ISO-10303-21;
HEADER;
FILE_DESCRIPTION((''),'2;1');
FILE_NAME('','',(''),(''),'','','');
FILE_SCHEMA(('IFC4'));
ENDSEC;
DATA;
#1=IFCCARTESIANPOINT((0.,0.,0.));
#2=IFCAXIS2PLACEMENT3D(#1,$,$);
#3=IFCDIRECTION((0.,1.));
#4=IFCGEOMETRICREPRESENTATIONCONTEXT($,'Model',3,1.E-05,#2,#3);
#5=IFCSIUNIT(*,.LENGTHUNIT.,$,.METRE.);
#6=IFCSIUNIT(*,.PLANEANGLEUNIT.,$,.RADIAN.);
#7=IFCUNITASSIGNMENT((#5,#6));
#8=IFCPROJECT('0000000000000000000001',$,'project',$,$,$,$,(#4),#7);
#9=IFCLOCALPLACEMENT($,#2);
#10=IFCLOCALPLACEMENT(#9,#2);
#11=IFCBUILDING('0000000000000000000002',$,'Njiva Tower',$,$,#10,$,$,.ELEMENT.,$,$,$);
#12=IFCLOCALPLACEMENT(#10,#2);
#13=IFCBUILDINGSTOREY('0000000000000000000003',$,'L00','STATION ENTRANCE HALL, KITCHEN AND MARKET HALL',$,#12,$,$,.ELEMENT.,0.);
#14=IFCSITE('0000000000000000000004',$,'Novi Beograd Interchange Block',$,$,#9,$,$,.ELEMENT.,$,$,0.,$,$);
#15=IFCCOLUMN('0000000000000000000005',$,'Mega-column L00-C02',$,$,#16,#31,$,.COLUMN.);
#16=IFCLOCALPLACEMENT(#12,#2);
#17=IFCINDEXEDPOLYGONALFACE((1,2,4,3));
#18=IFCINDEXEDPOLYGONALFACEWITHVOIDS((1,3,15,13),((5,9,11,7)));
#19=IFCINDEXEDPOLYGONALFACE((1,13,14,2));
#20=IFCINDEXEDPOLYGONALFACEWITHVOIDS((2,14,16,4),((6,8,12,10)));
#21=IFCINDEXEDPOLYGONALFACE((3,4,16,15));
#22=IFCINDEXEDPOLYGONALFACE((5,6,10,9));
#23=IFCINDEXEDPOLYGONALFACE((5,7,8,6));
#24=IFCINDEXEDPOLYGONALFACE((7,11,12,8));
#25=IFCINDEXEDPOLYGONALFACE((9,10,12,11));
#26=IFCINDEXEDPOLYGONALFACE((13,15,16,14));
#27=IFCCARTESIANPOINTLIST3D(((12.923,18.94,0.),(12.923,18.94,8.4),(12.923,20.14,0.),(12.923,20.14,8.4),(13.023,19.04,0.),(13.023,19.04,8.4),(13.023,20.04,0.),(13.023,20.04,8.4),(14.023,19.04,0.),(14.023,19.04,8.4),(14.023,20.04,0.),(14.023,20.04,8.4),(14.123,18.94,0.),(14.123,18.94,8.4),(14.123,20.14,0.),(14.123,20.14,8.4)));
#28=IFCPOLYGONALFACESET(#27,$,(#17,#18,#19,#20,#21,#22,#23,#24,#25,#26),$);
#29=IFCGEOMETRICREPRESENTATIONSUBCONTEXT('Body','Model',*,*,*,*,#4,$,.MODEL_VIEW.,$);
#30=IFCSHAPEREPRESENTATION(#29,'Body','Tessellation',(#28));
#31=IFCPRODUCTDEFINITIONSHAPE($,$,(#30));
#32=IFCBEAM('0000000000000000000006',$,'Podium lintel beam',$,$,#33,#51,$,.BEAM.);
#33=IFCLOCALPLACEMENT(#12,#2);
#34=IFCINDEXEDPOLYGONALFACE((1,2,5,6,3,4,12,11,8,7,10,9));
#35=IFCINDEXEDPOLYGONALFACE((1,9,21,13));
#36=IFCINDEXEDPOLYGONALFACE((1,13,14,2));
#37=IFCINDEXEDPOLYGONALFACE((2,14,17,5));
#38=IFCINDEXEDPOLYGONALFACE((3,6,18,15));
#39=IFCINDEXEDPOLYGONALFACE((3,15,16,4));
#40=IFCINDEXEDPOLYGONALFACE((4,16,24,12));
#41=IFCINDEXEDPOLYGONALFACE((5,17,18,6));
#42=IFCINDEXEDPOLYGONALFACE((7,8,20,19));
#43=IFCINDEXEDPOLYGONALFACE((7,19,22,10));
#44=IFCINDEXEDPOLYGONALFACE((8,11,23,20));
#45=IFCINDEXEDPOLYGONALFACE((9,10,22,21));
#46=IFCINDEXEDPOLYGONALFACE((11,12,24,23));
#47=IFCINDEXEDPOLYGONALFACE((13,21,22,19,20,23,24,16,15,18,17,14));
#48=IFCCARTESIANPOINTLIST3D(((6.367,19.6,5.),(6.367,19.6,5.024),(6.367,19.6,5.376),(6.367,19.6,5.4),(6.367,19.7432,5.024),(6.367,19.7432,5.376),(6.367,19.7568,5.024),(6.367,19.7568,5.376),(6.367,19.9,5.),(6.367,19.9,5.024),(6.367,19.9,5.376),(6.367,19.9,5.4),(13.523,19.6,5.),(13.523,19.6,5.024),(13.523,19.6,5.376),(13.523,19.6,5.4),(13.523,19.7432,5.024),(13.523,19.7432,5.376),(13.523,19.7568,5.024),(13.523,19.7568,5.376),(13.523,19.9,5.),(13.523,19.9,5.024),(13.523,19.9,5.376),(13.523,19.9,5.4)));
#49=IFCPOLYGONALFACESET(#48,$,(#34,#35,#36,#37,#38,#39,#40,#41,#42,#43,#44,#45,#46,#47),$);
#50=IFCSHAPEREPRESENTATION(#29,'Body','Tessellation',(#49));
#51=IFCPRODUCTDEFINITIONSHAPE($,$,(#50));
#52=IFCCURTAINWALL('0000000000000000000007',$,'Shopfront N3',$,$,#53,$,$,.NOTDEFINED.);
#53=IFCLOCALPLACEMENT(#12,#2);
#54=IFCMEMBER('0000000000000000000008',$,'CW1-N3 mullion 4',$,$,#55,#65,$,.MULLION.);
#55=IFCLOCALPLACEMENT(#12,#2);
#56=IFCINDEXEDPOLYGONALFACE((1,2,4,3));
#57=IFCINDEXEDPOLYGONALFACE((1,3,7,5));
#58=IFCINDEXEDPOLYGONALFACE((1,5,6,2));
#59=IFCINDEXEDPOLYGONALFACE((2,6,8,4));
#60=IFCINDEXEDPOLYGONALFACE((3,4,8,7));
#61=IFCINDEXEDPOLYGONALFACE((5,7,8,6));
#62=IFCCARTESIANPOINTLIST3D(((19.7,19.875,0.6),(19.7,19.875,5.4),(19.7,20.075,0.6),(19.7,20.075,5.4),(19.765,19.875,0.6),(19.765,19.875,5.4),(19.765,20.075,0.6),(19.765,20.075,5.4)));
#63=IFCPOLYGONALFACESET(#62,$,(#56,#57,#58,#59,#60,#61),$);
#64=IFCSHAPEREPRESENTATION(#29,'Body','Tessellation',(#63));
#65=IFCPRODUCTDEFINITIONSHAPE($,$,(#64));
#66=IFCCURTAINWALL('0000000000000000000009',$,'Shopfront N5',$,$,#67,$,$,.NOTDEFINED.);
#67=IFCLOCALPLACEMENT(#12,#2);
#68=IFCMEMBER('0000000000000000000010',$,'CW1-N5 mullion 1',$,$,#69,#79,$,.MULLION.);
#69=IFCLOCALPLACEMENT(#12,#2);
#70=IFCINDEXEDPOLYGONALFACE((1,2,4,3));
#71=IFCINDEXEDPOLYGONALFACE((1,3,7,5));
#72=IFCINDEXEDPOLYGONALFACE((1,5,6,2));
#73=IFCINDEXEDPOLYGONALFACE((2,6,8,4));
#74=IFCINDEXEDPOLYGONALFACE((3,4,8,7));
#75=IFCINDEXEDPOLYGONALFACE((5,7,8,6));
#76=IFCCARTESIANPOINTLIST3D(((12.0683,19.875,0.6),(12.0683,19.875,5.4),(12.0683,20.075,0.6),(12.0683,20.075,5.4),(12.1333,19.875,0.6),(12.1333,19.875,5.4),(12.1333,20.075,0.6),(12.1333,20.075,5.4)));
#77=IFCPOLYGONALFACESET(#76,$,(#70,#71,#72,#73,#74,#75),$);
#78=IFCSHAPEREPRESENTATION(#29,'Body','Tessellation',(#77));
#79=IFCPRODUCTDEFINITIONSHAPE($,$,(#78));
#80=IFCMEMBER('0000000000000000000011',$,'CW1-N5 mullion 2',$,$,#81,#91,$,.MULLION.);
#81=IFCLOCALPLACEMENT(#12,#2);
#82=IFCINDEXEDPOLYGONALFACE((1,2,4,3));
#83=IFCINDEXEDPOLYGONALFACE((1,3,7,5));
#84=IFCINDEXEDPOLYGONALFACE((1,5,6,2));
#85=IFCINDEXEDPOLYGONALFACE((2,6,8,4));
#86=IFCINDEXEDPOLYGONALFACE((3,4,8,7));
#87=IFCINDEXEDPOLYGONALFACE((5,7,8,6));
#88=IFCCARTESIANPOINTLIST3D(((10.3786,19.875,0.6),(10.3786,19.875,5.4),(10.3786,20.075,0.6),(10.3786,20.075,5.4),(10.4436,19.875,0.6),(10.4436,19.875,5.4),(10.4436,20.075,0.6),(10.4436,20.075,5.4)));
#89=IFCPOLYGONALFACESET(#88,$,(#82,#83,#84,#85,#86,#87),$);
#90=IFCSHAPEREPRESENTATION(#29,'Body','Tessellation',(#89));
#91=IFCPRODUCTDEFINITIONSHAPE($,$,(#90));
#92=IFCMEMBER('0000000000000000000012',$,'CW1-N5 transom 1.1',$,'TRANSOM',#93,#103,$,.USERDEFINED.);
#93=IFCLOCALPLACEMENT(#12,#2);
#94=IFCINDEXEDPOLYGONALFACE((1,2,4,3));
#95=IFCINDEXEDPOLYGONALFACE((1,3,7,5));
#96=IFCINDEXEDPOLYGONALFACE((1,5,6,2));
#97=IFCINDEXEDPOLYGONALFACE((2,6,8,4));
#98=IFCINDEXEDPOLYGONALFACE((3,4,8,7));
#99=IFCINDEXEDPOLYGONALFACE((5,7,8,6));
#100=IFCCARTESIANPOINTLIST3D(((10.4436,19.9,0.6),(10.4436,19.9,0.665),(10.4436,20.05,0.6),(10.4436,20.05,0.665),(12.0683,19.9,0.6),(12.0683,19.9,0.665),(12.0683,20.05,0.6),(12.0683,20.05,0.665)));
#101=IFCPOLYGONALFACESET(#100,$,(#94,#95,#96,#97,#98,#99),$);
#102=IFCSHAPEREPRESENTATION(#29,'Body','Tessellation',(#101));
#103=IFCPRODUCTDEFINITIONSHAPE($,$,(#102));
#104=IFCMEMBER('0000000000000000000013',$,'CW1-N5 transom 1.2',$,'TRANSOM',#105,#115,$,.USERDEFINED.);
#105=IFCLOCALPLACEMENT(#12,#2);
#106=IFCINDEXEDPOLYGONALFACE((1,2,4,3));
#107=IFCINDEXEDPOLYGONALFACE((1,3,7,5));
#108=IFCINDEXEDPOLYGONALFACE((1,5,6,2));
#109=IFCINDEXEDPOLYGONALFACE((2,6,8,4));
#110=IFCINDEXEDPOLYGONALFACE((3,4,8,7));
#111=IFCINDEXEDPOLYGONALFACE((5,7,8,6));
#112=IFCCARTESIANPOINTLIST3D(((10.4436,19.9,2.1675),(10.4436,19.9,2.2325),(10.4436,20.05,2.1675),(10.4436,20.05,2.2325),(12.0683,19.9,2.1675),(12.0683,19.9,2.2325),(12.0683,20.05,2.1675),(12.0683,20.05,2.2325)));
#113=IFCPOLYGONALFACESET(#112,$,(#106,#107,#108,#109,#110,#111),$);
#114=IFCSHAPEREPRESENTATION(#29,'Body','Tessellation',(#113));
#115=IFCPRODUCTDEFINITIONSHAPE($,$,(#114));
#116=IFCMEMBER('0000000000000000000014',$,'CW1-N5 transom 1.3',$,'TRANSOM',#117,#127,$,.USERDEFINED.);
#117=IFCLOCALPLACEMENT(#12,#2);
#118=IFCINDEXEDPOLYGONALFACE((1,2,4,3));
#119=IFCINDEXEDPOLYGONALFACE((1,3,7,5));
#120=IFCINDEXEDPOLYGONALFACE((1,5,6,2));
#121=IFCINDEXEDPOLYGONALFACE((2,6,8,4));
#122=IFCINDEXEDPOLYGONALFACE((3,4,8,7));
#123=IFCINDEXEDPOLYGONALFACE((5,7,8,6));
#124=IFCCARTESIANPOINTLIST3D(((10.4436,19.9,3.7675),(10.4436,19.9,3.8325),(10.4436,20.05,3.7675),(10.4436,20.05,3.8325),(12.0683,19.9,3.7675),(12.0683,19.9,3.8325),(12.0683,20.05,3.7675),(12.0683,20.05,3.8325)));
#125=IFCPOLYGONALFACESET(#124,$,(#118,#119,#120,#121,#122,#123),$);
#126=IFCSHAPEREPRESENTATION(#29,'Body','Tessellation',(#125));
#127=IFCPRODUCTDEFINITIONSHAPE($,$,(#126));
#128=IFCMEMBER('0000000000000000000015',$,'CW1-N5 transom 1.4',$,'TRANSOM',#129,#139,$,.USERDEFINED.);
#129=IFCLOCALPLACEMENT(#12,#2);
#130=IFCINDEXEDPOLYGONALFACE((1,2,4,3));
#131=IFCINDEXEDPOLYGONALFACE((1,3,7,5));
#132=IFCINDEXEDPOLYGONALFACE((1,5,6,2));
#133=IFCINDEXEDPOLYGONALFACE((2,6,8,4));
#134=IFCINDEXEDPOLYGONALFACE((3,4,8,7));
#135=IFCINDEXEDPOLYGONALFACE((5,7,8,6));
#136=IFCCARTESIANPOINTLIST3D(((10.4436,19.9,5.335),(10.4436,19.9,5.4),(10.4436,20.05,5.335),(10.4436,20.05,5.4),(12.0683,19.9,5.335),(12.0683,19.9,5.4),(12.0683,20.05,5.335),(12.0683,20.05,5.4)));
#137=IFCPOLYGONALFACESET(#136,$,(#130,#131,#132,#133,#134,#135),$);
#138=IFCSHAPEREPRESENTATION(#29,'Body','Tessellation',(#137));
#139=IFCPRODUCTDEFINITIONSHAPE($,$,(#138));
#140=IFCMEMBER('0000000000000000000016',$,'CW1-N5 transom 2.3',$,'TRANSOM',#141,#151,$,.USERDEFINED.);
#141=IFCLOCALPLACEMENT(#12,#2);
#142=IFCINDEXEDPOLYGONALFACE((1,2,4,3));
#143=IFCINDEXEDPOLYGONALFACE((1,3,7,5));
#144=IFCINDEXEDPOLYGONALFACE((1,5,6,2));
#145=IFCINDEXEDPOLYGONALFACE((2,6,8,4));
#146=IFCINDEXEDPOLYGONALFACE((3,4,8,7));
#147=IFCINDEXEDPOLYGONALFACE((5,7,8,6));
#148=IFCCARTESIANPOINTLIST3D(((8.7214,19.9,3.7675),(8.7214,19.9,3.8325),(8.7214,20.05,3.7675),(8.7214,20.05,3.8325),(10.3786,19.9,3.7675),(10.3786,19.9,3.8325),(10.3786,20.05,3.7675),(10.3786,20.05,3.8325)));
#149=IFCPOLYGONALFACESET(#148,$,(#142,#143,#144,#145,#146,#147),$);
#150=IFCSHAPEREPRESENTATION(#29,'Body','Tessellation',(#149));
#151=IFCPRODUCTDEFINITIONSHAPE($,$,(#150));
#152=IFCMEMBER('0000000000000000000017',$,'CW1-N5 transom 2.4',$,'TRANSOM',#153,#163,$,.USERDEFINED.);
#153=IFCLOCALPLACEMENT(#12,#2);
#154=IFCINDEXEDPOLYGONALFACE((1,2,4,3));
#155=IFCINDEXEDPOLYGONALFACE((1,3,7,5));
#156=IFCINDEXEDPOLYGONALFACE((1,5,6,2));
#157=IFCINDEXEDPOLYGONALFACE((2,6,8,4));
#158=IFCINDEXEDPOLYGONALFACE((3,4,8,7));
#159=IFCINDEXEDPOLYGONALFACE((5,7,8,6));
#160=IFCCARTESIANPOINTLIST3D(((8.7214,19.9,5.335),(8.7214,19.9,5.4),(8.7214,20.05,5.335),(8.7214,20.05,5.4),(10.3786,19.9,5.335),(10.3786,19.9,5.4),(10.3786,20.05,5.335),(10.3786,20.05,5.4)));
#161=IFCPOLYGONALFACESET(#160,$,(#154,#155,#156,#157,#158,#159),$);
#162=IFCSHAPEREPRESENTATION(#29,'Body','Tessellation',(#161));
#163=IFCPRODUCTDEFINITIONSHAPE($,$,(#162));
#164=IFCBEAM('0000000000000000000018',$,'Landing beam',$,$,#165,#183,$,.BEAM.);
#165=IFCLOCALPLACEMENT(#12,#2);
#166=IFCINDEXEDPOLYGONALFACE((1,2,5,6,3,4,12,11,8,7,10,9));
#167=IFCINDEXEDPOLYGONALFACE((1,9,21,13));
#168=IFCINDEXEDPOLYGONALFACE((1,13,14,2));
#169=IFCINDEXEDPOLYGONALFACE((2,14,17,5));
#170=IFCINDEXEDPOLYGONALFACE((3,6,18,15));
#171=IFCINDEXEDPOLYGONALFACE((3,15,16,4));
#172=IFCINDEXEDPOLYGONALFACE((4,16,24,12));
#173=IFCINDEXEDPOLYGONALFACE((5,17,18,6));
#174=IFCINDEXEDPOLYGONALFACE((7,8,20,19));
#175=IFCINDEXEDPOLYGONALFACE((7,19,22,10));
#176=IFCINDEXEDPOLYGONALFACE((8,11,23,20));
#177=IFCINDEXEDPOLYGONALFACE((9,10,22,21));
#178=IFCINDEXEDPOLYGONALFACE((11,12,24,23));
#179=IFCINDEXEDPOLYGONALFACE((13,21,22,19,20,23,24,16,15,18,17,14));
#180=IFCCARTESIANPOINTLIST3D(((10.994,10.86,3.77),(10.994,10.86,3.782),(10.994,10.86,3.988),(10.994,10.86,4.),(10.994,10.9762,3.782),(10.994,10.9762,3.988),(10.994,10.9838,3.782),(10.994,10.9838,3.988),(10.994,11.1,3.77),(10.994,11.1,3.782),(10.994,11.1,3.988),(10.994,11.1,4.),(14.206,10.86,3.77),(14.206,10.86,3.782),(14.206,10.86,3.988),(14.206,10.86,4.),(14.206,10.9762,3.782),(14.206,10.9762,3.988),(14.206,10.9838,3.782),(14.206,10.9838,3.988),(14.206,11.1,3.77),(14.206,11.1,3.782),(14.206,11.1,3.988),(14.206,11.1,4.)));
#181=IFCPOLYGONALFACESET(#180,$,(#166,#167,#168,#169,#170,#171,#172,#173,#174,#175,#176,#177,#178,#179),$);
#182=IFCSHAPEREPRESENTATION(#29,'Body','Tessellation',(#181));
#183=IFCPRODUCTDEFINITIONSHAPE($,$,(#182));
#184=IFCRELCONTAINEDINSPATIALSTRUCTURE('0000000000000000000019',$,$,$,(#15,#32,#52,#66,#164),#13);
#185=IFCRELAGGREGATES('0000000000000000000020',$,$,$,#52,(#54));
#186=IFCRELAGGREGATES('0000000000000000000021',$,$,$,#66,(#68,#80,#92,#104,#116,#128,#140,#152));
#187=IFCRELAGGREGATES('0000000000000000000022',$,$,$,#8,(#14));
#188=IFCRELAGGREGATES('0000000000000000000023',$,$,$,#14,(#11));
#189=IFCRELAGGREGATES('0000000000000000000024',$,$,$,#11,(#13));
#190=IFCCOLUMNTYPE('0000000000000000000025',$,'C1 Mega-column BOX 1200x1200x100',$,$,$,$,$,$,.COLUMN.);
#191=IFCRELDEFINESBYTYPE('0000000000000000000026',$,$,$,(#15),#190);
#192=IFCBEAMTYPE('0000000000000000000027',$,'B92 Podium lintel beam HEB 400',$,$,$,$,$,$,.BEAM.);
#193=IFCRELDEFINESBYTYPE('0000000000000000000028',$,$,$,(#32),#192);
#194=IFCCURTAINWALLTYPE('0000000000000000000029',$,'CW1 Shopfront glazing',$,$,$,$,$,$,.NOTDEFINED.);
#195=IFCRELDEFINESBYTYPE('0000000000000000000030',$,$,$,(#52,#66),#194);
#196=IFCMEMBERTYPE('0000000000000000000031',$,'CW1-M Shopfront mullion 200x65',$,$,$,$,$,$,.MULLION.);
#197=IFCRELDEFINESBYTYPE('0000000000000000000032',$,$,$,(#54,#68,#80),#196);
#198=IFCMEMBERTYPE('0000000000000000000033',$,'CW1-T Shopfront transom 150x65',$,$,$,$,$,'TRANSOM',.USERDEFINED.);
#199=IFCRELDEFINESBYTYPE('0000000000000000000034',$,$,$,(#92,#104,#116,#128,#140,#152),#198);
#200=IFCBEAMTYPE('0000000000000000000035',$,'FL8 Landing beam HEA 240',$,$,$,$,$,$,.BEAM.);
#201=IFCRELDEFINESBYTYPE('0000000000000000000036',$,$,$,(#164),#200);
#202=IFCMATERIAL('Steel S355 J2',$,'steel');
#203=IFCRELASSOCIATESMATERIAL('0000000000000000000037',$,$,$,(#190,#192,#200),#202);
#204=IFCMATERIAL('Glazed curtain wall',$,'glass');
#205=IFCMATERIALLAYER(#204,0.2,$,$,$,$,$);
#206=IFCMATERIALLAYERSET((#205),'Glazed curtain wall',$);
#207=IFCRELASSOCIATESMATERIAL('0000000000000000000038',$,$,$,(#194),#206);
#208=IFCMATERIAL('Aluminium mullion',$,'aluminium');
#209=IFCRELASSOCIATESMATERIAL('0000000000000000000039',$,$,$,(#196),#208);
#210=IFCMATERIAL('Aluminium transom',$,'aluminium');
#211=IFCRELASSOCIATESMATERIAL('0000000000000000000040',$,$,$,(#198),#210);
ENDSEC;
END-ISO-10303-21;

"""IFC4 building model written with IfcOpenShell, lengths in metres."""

from ifc_helpers import new_model, si_unit, direction, frame, origin, origin_2d, place, context, subcontext, project, spatial, rectangle, hollow_rectangle, i_section, extrude, material, layer, layer_set, material_profile, profile_set, type_object, element, aggregate, save


model = new_model("IFC4")

# Units and contexts
model_context = context("Model", 3, precision=1e-05, world=origin(), true_north=direction((0.0, 1.0)))
body_context = subcontext(model_context, "Body", "Model", "MODEL_VIEW")
ifc_project = project(units=[si_unit("LENGTHUNIT", "METRE"), si_unit("PLANEANGLEUNIT", "RADIAN")], contexts=[model_context])

# Site, building, storey
site_placement = place(None, origin())
site = spatial("IfcSite", under=ifc_project, at=site_placement, Name="Novi Beograd Interchange Block", CompositionType="ELEMENT", RefElevation=0.0)
building_placement = place(site_placement, origin())
building = spatial("IfcBuilding", under=site, at=building_placement, Name="Njiva Tower", CompositionType="ELEMENT")
storey_placement = place(building_placement, origin())
storey = spatial("IfcBuildingStorey", under=building, at=storey_placement, Name="L00", Description="STATION ENTRANCE HALL, KITCHEN AND MARKET HALL", CompositionType="ELEMENT", Elevation=0.0)

# Column
ifc_material_1 = material(Name="Steel S355 J2", Category="steel")
ifc_material_profile_1 = material_profile(ifc_material_1, hollow_rectangle(XDim=1.2, YDim=1.2, WallThickness=0.1, at=origin_2d()), Name="BOX 1200x1200x100")
ifc_profile_set_1 = profile_set([ifc_material_profile_1], Name="Steel S355 J2")
column_type = type_object("IfcColumnType", Name="C1 Mega-column BOX 1200x1200x100", PredefinedType="COLUMN", material=ifc_profile_set_1)
column_placement = place(storey_placement, frame((13.523, 19.54, 0.0), z_axis=(0.0, 0.0, 1.0), x_axis=(-1.0, 0.0, 0.0)))
element("IfcColumn", 1, at=column_placement, inside=storey, type_object=column_type, Name="Mega-column L00-C02", PredefinedType="COLUMN", context=body_context, shape_type="SweptSolid", body=[
    extrude(hollow_rectangle(XDim=1.2, YDim=1.2, WallThickness=0.1, at=origin_2d()), origin(), (0.0, 0.0, 1.0), 8.4),
])

# Beam
ifc_material_profile_2 = material_profile(ifc_material_1, i_section(OverallWidth=0.3, OverallDepth=0.4, WebThickness=0.0135, FlangeThickness=0.024, at=origin_2d()), Name="HEB400")
ifc_profile_set_2 = profile_set([ifc_material_profile_2], Name="Steel S355 J2")
beam_type_1 = type_object("IfcBeamType", Name="B92 Podium lintel beam HEB 400", PredefinedType="BEAM", material=ifc_profile_set_2)
beam_1_placement = place(storey_placement, frame((13.523, 19.75, 5.2), z_axis=(-1.0, 0.0, 0.0), x_axis=(0.0, -1.0, 0.0)))
element("IfcBeam", 2, at=beam_1_placement, inside=storey, type_object=beam_type_1, Name="Podium lintel beam", PredefinedType="BEAM", context=body_context, shape_type="SweptSolid", body=[
    extrude(i_section(OverallWidth=0.3, OverallDepth=0.4, WebThickness=0.0135, FlangeThickness=0.024, at=origin_2d()), origin(), (0.0, 0.0, 1.0), 7.156),
])

# Curtain wall, member
ifc_material_2 = material(Name="Glazed curtain wall", Category="glass")
ifc_layer_1 = layer(ifc_material_2, 0.2)
ifc_layer_set_1 = layer_set([ifc_layer_1], Name="Glazed curtain wall")
curtain_wall_type = type_object("IfcCurtainWallType", Name="CW1 Shopfront glazing", PredefinedType="NOTDEFINED", material=ifc_layer_set_1)
curtain_wall_1_placement = place(storey_placement, origin())
curtain_wall_1 = element("IfcCurtainWall", 3, at=curtain_wall_1_placement, inside=storey, type_object=curtain_wall_type, Name="Shopfront N3", PredefinedType="NOTDEFINED")
ifc_material_3 = material(Name="Aluminium mullion", Category="aluminium")
ifc_material_profile_3 = material_profile(ifc_material_3, rectangle(XDim=0.2, YDim=0.065, at=origin_2d()), Name="RECT 200x65")
ifc_profile_set_3 = profile_set([ifc_material_profile_3], Name="Aluminium mullion")
member_type_1 = type_object("IfcMemberType", Name="CW1-M Shopfront mullion 200x65", PredefinedType="MULLION", material=ifc_profile_set_3)
member_1_placement = place(storey_placement, frame((19.7325, 19.975, 0.6), z_axis=(0.0, 0.0, 1.0), x_axis=(0.0, -1.0, 0.0)))
member_1 = element("IfcMember", 4, at=member_1_placement, type_object=member_type_1, Name="CW1-N3 mullion 4", PredefinedType="MULLION", context=body_context, shape_type="SweptSolid", body=[
    extrude(rectangle(XDim=0.2, YDim=0.065, at=origin_2d()), origin(), (0.0, 0.0, 1.0), 4.8),
])

# Curtain wall, members
curtain_wall_2_placement = place(storey_placement, origin())
curtain_wall_2 = element("IfcCurtainWall", 5, at=curtain_wall_2_placement, inside=storey, type_object=curtain_wall_type, Name="Shopfront N5", PredefinedType="NOTDEFINED")
member_2_placement = place(storey_placement, frame((12.1008, 19.975, 0.6), z_axis=(0.0, 0.0, 1.0), x_axis=(0.0, -1.0, 0.0)))
member_2 = element("IfcMember", 6, at=member_2_placement, type_object=member_type_1, Name="CW1-N5 mullion 1", PredefinedType="MULLION", context=body_context, shape_type="SweptSolid", body=[
    extrude(rectangle(XDim=0.2, YDim=0.065, at=origin_2d()), origin(), (0.0, 0.0, 1.0), 4.8),
])
member_3_placement = place(storey_placement, frame((10.4111, 19.975, 0.6), z_axis=(0.0, 0.0, 1.0), x_axis=(0.0, -1.0, 0.0)))
member_3 = element("IfcMember", 7, at=member_3_placement, type_object=member_type_1, Name="CW1-N5 mullion 2", PredefinedType="MULLION", context=body_context, shape_type="SweptSolid", body=[
    extrude(rectangle(XDim=0.2, YDim=0.065, at=origin_2d()), origin(), (0.0, 0.0, 1.0), 4.8),
])
ifc_material_4 = material(Name="Aluminium transom", Category="aluminium")
ifc_material_profile_4 = material_profile(ifc_material_4, rectangle(XDim=0.15, YDim=0.065, at=origin_2d()), Name="RECT 150x65")
ifc_profile_set_4 = profile_set([ifc_material_profile_4], Name="Aluminium transom")
member_type_2 = type_object("IfcMemberType", Name="CW1-T Shopfront transom 150x65", ElementType="TRANSOM", PredefinedType="USERDEFINED", material=ifc_profile_set_4)
member_4_placement = place(storey_placement, frame((12.0683, 19.975, 0.6325), z_axis=(-1.0, 0.0, 0.0), x_axis=(0.0, -1.0, 0.0)))
member_4 = element("IfcMember", 8, at=member_4_placement, type_object=member_type_2, Name="CW1-N5 transom 1.1", ObjectType="TRANSOM", PredefinedType="USERDEFINED", context=body_context, shape_type="SweptSolid", body=[
    extrude(rectangle(XDim=0.15, YDim=0.065, at=origin_2d()), origin(), (0.0, 0.0, 1.0), 1.6247),
])
member_5_placement = place(storey_placement, frame((12.0683, 19.975, 2.2), z_axis=(-1.0, 0.0, 0.0), x_axis=(0.0, -1.0, 0.0)))
member_5 = element("IfcMember", 9, at=member_5_placement, type_object=member_type_2, Name="CW1-N5 transom 1.2", ObjectType="TRANSOM", PredefinedType="USERDEFINED", context=body_context, shape_type="SweptSolid", body=[
    extrude(rectangle(XDim=0.15, YDim=0.065, at=origin_2d()), origin(), (0.0, 0.0, 1.0), 1.6247),
])
member_6_placement = place(storey_placement, frame((12.0683, 19.975, 3.8), z_axis=(-1.0, 0.0, 0.0), x_axis=(0.0, -1.0, 0.0)))
member_6 = element("IfcMember", 10, at=member_6_placement, type_object=member_type_2, Name="CW1-N5 transom 1.3", ObjectType="TRANSOM", PredefinedType="USERDEFINED", context=body_context, shape_type="SweptSolid", body=[
    extrude(rectangle(XDim=0.15, YDim=0.065, at=origin_2d()), origin(), (0.0, 0.0, 1.0), 1.6247),
])
member_7_placement = place(storey_placement, frame((12.0683, 19.975, 5.3675), z_axis=(-1.0, 0.0, 0.0), x_axis=(0.0, -1.0, 0.0)))
member_7 = element("IfcMember", 11, at=member_7_placement, type_object=member_type_2, Name="CW1-N5 transom 1.4", ObjectType="TRANSOM", PredefinedType="USERDEFINED", context=body_context, shape_type="SweptSolid", body=[
    extrude(rectangle(XDim=0.15, YDim=0.065, at=origin_2d()), origin(), (0.0, 0.0, 1.0), 1.6247),
])
member_8_placement = place(storey_placement, frame((10.3786, 19.975, 3.8), z_axis=(-1.0, 0.0, 0.0), x_axis=(0.0, -1.0, 0.0)))
member_8 = element("IfcMember", 12, at=member_8_placement, type_object=member_type_2, Name="CW1-N5 transom 2.3", ObjectType="TRANSOM", PredefinedType="USERDEFINED", context=body_context, shape_type="SweptSolid", body=[
    extrude(rectangle(XDim=0.15, YDim=0.065, at=origin_2d()), origin(), (0.0, 0.0, 1.0), 1.6572),
])
member_9_placement = place(storey_placement, frame((10.3786, 19.975, 5.3675), z_axis=(-1.0, 0.0, 0.0), x_axis=(0.0, -1.0, 0.0)))
member_9 = element("IfcMember", 13, at=member_9_placement, type_object=member_type_2, Name="CW1-N5 transom 2.4", ObjectType="TRANSOM", PredefinedType="USERDEFINED", context=body_context, shape_type="SweptSolid", body=[
    extrude(rectangle(XDim=0.15, YDim=0.065, at=origin_2d()), origin(), (0.0, 0.0, 1.0), 1.6572),
])

# Beam
ifc_material_profile_5 = material_profile(ifc_material_1, i_section(OverallWidth=0.24, OverallDepth=0.23, WebThickness=0.0075, FlangeThickness=0.012, at=origin_2d()), Name="HEA240")
ifc_profile_set_5 = profile_set([ifc_material_profile_5], Name="Steel S355 J2")
beam_type_2 = type_object("IfcBeamType", Name="FL8 Landing beam HEA 240", PredefinedType="BEAM", material=ifc_profile_set_5)
beam_2_placement = place(storey_placement, frame((10.994, 10.98, 3.885), z_axis=(1.0, 0.0, 0.0), x_axis=(0.0, 1.0, 0.0)))
element("IfcBeam", 14, at=beam_2_placement, inside=storey, type_object=beam_type_2, Name="Landing beam", PredefinedType="BEAM", context=body_context, shape_type="SweptSolid", body=[
    extrude(i_section(OverallWidth=0.24, OverallDepth=0.23, WebThickness=0.0075, FlangeThickness=0.012, at=origin_2d()), origin(), (0.0, 0.0, 1.0), 3.212),
])

aggregate(curtain_wall_1, [member_1])
aggregate(curtain_wall_2, [member_2, member_3, member_4, member_5, member_6, member_7, member_8, member_9])

save(model, "model.ifc")
